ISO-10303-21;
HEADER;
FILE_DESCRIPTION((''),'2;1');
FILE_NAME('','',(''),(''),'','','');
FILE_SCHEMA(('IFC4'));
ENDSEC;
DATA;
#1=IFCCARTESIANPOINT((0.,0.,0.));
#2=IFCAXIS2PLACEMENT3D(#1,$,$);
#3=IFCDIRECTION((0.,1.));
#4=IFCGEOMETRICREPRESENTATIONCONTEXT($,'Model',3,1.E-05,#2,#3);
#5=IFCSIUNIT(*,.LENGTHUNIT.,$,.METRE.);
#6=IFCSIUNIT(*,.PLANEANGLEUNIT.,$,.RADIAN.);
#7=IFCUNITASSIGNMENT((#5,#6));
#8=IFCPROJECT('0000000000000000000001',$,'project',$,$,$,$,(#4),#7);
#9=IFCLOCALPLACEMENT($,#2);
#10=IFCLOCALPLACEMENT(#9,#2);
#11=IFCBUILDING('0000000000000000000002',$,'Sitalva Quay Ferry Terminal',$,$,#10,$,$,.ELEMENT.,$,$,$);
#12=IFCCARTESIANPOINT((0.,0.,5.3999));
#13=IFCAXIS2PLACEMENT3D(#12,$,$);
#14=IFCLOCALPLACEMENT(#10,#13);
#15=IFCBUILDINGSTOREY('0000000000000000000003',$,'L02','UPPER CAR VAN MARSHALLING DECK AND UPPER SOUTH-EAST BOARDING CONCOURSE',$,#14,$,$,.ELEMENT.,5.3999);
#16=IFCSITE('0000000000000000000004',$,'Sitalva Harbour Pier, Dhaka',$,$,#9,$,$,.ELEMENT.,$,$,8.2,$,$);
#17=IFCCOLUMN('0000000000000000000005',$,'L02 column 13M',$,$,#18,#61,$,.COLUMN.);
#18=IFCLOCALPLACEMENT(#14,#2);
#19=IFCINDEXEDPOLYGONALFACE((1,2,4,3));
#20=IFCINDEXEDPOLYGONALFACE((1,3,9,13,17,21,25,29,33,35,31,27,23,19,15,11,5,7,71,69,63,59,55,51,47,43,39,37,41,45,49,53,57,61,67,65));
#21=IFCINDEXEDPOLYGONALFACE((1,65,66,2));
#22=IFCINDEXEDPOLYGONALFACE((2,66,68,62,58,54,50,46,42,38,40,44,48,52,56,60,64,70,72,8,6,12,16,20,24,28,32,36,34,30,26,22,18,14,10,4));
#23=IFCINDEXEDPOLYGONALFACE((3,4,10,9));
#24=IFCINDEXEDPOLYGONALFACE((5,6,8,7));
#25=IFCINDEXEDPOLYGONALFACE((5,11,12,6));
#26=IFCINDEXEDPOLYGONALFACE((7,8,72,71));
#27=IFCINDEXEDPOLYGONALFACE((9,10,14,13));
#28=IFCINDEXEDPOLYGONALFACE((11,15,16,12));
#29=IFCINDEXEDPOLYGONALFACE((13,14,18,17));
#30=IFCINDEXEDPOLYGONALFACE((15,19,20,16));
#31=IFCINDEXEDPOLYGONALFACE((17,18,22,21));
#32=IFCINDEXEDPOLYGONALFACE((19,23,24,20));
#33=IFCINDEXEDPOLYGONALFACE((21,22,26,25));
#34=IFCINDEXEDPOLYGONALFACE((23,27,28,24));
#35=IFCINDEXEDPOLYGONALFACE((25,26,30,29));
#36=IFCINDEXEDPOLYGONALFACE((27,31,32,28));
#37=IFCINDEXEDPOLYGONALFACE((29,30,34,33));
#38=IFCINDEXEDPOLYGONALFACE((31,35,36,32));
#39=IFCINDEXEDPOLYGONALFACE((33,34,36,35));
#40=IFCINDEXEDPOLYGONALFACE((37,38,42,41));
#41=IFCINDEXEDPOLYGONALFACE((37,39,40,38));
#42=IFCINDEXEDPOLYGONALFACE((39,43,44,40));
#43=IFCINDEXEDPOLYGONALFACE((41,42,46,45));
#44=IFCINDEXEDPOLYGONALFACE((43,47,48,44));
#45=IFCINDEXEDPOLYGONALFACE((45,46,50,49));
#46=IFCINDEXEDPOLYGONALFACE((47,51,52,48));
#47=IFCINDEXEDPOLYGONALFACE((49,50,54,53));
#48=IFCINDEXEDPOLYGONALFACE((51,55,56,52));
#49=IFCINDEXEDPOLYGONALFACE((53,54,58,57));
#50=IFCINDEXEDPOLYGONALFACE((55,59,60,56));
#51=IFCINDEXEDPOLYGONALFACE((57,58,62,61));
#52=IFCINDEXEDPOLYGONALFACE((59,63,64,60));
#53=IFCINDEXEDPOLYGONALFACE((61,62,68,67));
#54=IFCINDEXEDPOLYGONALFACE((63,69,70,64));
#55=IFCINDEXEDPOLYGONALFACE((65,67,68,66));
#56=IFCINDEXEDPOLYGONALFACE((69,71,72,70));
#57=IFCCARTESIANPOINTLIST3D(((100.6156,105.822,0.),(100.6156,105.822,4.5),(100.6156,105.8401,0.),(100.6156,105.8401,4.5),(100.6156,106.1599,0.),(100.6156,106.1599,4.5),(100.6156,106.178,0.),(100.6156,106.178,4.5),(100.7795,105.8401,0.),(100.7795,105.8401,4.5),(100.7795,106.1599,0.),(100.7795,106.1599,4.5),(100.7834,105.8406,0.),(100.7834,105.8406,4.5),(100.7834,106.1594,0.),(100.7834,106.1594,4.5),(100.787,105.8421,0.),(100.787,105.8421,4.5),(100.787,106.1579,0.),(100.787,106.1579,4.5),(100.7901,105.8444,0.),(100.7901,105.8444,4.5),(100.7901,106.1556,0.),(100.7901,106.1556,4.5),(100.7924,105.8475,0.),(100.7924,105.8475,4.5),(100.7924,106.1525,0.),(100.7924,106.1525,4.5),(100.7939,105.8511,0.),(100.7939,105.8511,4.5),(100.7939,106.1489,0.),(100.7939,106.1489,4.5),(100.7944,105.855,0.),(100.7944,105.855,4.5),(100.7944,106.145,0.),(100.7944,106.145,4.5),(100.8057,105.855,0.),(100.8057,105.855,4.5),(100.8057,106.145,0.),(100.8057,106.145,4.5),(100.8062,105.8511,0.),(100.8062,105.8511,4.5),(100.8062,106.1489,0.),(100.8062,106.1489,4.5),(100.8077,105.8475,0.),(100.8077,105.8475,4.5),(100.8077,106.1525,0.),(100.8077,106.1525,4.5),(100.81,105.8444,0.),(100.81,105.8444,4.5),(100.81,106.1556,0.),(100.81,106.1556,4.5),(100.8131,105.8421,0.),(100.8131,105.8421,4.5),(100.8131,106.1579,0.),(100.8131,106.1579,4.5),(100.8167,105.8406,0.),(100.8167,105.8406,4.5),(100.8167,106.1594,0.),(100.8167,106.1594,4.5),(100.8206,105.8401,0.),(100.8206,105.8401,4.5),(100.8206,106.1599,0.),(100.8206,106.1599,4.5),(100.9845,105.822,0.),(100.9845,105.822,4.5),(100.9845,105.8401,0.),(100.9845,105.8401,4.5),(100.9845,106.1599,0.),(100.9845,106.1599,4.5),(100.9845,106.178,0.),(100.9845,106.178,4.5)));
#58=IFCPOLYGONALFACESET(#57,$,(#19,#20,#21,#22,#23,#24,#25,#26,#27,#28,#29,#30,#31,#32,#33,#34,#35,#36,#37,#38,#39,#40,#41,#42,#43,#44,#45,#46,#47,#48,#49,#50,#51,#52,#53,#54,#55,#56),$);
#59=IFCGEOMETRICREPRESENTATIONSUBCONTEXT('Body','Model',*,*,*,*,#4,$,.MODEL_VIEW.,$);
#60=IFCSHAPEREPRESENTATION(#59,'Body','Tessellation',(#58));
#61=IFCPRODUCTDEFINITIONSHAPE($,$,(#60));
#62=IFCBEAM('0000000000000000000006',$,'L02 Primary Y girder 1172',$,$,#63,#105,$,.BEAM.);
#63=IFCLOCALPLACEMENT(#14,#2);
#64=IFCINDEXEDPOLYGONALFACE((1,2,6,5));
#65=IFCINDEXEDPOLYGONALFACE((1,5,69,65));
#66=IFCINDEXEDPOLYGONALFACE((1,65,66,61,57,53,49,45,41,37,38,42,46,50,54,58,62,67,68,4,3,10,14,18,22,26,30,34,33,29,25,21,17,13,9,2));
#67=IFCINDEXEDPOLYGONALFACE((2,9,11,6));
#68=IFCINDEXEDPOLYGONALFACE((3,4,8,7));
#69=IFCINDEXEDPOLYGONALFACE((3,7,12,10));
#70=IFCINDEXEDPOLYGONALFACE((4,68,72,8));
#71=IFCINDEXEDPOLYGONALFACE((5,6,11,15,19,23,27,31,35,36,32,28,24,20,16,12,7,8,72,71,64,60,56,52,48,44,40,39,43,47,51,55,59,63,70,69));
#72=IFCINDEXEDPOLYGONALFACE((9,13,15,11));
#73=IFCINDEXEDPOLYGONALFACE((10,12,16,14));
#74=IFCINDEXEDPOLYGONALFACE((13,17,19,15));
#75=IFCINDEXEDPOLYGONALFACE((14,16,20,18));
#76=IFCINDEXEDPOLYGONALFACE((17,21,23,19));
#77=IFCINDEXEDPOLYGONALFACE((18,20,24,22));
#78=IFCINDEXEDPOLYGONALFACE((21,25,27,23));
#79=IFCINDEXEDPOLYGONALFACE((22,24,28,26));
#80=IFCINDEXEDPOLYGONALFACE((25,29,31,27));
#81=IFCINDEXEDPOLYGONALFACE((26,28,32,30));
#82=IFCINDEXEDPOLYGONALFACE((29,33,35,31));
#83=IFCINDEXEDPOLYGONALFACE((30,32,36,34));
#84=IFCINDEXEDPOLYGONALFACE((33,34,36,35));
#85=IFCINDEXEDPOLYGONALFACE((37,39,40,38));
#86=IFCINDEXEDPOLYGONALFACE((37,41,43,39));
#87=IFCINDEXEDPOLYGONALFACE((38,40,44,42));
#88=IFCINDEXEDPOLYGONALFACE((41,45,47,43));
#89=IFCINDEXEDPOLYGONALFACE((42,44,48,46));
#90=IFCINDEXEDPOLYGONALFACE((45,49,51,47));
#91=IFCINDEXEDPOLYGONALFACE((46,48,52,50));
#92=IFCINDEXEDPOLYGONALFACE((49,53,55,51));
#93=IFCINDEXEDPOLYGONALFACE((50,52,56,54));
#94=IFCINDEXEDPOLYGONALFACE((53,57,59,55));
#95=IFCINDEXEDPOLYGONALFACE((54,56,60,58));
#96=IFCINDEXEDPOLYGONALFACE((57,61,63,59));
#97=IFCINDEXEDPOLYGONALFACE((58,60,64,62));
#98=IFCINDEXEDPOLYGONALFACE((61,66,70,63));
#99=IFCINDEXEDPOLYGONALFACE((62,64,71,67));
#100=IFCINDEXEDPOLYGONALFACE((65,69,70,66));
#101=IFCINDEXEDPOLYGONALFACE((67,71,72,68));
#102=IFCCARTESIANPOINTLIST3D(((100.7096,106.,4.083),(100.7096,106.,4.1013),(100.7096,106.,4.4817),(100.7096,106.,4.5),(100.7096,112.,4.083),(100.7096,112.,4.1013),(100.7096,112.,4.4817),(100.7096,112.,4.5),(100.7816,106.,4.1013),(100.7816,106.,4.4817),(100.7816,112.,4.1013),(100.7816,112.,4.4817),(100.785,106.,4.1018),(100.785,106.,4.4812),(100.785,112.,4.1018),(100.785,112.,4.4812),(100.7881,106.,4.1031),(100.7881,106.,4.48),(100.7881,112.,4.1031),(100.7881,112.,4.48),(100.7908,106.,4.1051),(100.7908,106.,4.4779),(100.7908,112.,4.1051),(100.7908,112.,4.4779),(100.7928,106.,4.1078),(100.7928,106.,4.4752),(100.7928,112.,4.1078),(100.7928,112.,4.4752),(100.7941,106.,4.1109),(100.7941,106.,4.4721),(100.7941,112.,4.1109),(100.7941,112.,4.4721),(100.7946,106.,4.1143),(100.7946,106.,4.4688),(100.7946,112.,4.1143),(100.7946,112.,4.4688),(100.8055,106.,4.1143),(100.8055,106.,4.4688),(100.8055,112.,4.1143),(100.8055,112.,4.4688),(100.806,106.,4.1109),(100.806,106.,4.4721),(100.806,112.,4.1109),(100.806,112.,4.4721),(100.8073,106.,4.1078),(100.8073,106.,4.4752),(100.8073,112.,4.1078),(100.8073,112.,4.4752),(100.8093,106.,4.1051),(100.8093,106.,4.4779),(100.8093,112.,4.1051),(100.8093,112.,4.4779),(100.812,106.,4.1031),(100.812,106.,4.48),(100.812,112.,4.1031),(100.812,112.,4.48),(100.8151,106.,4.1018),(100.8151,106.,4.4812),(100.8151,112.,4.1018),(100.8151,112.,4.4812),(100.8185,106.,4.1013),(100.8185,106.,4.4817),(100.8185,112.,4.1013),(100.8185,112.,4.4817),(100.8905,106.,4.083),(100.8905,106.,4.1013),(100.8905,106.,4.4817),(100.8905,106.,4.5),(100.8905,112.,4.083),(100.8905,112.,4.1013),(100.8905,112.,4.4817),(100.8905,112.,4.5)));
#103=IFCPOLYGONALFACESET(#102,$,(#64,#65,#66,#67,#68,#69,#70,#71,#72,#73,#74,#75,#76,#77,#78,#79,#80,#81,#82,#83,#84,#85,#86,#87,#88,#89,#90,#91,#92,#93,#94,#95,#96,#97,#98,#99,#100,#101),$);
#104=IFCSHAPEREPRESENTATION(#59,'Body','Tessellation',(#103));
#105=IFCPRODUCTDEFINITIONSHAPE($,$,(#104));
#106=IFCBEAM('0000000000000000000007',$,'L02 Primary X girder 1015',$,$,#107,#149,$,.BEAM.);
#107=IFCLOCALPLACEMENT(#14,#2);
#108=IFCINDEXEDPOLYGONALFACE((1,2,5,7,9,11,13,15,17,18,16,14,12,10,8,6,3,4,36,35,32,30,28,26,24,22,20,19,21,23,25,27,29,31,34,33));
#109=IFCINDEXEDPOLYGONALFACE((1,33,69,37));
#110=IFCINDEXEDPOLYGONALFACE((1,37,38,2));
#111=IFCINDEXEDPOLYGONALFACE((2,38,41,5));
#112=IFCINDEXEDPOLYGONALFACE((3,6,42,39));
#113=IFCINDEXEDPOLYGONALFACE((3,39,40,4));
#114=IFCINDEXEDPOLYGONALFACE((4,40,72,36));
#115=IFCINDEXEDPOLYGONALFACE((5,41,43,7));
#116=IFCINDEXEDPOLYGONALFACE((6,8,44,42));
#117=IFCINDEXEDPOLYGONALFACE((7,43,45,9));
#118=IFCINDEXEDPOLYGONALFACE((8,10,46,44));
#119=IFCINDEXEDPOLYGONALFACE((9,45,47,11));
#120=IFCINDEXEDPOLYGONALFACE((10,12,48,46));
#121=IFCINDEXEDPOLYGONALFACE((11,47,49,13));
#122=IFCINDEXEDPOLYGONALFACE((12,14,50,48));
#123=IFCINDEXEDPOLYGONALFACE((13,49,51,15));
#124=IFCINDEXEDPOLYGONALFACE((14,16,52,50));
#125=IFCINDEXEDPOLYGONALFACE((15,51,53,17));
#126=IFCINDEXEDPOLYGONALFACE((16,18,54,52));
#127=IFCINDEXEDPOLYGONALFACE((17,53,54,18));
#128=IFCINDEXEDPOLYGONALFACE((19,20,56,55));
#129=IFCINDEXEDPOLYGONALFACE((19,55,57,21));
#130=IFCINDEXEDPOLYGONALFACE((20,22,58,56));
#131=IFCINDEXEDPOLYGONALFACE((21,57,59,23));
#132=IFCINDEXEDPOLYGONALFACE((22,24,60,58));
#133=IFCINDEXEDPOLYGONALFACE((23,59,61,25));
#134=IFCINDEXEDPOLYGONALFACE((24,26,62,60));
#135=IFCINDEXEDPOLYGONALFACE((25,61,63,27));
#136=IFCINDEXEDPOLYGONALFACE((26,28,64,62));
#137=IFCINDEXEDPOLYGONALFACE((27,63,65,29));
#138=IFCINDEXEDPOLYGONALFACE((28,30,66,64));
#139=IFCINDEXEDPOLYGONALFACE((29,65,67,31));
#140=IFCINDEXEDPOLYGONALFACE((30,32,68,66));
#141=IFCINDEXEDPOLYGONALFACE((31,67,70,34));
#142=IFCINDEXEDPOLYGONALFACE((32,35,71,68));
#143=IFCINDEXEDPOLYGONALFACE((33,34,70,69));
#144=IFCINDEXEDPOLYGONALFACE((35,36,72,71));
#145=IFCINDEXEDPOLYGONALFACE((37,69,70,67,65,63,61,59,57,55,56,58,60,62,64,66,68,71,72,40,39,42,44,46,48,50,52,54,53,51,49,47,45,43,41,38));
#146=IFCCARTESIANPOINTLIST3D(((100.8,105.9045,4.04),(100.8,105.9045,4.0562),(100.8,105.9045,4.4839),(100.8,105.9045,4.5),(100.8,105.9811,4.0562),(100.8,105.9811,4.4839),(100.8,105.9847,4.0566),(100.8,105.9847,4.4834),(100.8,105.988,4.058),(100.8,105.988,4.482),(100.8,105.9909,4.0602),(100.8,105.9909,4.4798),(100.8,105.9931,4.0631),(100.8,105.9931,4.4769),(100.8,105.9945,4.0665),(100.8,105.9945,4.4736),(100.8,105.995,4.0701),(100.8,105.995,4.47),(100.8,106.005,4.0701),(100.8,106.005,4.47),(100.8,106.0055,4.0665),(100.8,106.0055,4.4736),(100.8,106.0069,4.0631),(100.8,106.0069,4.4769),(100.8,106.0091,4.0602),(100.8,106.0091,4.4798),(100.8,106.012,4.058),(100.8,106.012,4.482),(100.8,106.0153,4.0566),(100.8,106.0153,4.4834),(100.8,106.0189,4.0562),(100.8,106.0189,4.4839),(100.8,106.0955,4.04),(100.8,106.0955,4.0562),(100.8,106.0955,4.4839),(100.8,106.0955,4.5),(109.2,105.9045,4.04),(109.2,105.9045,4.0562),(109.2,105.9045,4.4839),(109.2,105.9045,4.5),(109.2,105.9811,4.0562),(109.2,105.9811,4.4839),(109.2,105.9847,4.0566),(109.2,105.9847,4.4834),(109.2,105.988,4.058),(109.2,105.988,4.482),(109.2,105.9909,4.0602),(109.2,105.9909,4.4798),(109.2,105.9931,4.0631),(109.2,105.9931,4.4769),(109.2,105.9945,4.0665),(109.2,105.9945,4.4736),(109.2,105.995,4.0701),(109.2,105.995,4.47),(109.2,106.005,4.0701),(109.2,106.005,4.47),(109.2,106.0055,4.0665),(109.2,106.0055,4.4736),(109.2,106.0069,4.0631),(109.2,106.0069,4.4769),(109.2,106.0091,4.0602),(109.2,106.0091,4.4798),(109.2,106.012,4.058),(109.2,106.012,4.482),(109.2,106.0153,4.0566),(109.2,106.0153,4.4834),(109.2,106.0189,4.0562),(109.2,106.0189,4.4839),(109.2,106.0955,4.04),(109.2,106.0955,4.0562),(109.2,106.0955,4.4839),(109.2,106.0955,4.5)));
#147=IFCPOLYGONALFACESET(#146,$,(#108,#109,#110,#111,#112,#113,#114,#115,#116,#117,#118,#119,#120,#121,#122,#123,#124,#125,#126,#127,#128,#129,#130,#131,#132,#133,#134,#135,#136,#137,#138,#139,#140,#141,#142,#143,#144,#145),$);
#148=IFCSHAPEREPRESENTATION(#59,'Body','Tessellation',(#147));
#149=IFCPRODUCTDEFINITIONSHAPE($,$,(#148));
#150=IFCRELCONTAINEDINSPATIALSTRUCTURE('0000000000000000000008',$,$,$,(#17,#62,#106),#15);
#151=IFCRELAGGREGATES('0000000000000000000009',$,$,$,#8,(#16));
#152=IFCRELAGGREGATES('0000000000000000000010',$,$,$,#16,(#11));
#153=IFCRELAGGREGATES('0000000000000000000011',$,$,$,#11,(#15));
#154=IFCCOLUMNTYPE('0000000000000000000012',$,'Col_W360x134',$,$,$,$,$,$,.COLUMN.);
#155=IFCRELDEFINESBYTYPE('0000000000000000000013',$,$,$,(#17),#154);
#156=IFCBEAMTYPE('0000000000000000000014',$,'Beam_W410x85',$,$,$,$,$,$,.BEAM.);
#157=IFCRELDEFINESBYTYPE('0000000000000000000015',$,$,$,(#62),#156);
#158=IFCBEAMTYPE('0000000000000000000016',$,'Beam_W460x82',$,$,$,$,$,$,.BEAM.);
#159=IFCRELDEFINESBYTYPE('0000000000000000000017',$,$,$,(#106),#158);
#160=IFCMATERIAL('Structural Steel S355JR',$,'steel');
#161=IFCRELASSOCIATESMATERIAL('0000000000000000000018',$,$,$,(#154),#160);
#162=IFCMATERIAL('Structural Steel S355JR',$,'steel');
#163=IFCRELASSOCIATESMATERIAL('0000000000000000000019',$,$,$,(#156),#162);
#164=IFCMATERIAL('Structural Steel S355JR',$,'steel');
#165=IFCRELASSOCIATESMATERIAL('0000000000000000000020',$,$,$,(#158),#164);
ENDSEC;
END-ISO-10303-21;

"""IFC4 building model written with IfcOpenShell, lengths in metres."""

from ifc_helpers import new_model, si_unit, direction, frame, origin, origin_2d, place, context, subcontext, project, spatial, i_section, extrude, material, material_profile, profile_set, type_object, element, save


model = new_model("IFC4")

# Units and contexts
model_context = context("Model", 3, precision=1e-05, world=origin(), true_north=direction((0.0, 1.0)))
body_context = subcontext(model_context, "Body", "Model", "MODEL_VIEW")
ifc_project = project(units=[si_unit("LENGTHUNIT", "METRE"), si_unit("PLANEANGLEUNIT", "RADIAN")], contexts=[model_context])

# Site, building, storey
site_placement = place(None, origin())
site = spatial("IfcSite", under=ifc_project, at=site_placement, Name="Sitalva Harbour Pier, Dhaka", CompositionType="ELEMENT", RefElevation=8.2)
building_placement = place(site_placement, origin())
building = spatial("IfcBuilding", under=site, at=building_placement, Name="Sitalva Quay Ferry Terminal", CompositionType="ELEMENT")
storey_placement = place(building_placement, frame((0.0, 0.0, 5.3999)))
storey = spatial("IfcBuildingStorey", under=building, at=storey_placement, Name="L02", Description="UPPER CAR VAN MARSHALLING DECK AND UPPER SOUTH-EAST BOARDING CONCOURSE", CompositionType="ELEMENT", Elevation=5.3999)

# Column
ifc_material_1 = material(Name="Structural Steel S355JR", Category="steel")
ifc_material_profile_1 = material_profile(ifc_material_1, i_section(OverallWidth=0.3689, OverallDepth=0.356, WebThickness=0.0112, FlangeThickness=0.0181, FilletRadius=0.0149, at=origin_2d()), Name="W360x134")
ifc_profile_set_1 = profile_set([ifc_material_profile_1], Name="Structural Steel S355JR")
column_type = type_object("IfcColumnType", Name="Col_W360x134", PredefinedType="COLUMN", material=ifc_profile_set_1)
column_placement = place(storey_placement, frame((100.8, 106.0, 0.0), z_axis=(0.0, 0.0, 1.0), x_axis=(1.0, 0.0, 0.0)))
element("IfcColumn", 1, at=column_placement, inside=storey, type_object=column_type, Name="L02 column 13M", PredefinedType="COLUMN", context=body_context, shape_type="SweptSolid", body=[
    extrude(i_section(OverallWidth=0.3689, OverallDepth=0.356, WebThickness=0.0112, FlangeThickness=0.0181, FilletRadius=0.0149, at=origin_2d()), origin(), (0.0, 0.0, 1.0), 4.5),
])

# Beams
ifc_material_2 = material(Name="Structural Steel S355JR", Category="steel")
ifc_material_profile_2 = material_profile(ifc_material_2, i_section(OverallWidth=0.1809, OverallDepth=0.417, WebThickness=0.011, FlangeThickness=0.0183, FilletRadius=0.0129, at=origin_2d()), Name="W410x85")
ifc_profile_set_2 = profile_set([ifc_material_profile_2], Name="Structural Steel S355JR")
beam_type_1 = type_object("IfcBeamType", Name="Beam_W410x85", PredefinedType="BEAM", material=ifc_profile_set_2)
beam_1_placement = place(storey_placement, frame((100.8, 106.0, 4.2915), z_axis=(0.0, 1.0, 0.0), x_axis=(-1.0, 0.0, 0.0)))
element("IfcBeam", 2, at=beam_1_placement, inside=storey, type_object=beam_type_1, Name="L02 Primary Y girder 1172", PredefinedType="BEAM", context=body_context, shape_type="SweptSolid", body=[
    extrude(i_section(OverallWidth=0.1809, OverallDepth=0.417, WebThickness=0.011, FlangeThickness=0.0183, FilletRadius=0.0129, at=origin_2d()), origin(), (0.0, 0.0, 1.0), 6.0),
])
ifc_material_3 = material(Name="Structural Steel S355JR", Category="steel")
ifc_material_profile_3 = material_profile(ifc_material_3, i_section(OverallWidth=0.1909, OverallDepth=0.46, WebThickness=0.01, FlangeThickness=0.0161, FilletRadius=0.0139, at=origin_2d()), Name="W460x82")
ifc_profile_set_3 = profile_set([ifc_material_profile_3], Name="Structural Steel S355JR")
beam_type_2 = type_object("IfcBeamType", Name="Beam_W460x82", PredefinedType="BEAM", material=ifc_profile_set_3)
beam_2_placement = place(storey_placement, frame((100.8, 106.0, 4.27), z_axis=(1.0, 0.0, 0.0), x_axis=(0.0, 1.0, 0.0)))
element("IfcBeam", 3, at=beam_2_placement, inside=storey, type_object=beam_type_2, Name="L02 Primary X girder 1015", PredefinedType="BEAM", context=body_context, shape_type="SweptSolid", body=[
    extrude(i_section(OverallWidth=0.1909, OverallDepth=0.46, WebThickness=0.01, FlangeThickness=0.0161, FilletRadius=0.0139, at=origin_2d()), origin(), (0.0, 0.0, 1.0), 8.3999),
])

save(model, "model.ifc")
